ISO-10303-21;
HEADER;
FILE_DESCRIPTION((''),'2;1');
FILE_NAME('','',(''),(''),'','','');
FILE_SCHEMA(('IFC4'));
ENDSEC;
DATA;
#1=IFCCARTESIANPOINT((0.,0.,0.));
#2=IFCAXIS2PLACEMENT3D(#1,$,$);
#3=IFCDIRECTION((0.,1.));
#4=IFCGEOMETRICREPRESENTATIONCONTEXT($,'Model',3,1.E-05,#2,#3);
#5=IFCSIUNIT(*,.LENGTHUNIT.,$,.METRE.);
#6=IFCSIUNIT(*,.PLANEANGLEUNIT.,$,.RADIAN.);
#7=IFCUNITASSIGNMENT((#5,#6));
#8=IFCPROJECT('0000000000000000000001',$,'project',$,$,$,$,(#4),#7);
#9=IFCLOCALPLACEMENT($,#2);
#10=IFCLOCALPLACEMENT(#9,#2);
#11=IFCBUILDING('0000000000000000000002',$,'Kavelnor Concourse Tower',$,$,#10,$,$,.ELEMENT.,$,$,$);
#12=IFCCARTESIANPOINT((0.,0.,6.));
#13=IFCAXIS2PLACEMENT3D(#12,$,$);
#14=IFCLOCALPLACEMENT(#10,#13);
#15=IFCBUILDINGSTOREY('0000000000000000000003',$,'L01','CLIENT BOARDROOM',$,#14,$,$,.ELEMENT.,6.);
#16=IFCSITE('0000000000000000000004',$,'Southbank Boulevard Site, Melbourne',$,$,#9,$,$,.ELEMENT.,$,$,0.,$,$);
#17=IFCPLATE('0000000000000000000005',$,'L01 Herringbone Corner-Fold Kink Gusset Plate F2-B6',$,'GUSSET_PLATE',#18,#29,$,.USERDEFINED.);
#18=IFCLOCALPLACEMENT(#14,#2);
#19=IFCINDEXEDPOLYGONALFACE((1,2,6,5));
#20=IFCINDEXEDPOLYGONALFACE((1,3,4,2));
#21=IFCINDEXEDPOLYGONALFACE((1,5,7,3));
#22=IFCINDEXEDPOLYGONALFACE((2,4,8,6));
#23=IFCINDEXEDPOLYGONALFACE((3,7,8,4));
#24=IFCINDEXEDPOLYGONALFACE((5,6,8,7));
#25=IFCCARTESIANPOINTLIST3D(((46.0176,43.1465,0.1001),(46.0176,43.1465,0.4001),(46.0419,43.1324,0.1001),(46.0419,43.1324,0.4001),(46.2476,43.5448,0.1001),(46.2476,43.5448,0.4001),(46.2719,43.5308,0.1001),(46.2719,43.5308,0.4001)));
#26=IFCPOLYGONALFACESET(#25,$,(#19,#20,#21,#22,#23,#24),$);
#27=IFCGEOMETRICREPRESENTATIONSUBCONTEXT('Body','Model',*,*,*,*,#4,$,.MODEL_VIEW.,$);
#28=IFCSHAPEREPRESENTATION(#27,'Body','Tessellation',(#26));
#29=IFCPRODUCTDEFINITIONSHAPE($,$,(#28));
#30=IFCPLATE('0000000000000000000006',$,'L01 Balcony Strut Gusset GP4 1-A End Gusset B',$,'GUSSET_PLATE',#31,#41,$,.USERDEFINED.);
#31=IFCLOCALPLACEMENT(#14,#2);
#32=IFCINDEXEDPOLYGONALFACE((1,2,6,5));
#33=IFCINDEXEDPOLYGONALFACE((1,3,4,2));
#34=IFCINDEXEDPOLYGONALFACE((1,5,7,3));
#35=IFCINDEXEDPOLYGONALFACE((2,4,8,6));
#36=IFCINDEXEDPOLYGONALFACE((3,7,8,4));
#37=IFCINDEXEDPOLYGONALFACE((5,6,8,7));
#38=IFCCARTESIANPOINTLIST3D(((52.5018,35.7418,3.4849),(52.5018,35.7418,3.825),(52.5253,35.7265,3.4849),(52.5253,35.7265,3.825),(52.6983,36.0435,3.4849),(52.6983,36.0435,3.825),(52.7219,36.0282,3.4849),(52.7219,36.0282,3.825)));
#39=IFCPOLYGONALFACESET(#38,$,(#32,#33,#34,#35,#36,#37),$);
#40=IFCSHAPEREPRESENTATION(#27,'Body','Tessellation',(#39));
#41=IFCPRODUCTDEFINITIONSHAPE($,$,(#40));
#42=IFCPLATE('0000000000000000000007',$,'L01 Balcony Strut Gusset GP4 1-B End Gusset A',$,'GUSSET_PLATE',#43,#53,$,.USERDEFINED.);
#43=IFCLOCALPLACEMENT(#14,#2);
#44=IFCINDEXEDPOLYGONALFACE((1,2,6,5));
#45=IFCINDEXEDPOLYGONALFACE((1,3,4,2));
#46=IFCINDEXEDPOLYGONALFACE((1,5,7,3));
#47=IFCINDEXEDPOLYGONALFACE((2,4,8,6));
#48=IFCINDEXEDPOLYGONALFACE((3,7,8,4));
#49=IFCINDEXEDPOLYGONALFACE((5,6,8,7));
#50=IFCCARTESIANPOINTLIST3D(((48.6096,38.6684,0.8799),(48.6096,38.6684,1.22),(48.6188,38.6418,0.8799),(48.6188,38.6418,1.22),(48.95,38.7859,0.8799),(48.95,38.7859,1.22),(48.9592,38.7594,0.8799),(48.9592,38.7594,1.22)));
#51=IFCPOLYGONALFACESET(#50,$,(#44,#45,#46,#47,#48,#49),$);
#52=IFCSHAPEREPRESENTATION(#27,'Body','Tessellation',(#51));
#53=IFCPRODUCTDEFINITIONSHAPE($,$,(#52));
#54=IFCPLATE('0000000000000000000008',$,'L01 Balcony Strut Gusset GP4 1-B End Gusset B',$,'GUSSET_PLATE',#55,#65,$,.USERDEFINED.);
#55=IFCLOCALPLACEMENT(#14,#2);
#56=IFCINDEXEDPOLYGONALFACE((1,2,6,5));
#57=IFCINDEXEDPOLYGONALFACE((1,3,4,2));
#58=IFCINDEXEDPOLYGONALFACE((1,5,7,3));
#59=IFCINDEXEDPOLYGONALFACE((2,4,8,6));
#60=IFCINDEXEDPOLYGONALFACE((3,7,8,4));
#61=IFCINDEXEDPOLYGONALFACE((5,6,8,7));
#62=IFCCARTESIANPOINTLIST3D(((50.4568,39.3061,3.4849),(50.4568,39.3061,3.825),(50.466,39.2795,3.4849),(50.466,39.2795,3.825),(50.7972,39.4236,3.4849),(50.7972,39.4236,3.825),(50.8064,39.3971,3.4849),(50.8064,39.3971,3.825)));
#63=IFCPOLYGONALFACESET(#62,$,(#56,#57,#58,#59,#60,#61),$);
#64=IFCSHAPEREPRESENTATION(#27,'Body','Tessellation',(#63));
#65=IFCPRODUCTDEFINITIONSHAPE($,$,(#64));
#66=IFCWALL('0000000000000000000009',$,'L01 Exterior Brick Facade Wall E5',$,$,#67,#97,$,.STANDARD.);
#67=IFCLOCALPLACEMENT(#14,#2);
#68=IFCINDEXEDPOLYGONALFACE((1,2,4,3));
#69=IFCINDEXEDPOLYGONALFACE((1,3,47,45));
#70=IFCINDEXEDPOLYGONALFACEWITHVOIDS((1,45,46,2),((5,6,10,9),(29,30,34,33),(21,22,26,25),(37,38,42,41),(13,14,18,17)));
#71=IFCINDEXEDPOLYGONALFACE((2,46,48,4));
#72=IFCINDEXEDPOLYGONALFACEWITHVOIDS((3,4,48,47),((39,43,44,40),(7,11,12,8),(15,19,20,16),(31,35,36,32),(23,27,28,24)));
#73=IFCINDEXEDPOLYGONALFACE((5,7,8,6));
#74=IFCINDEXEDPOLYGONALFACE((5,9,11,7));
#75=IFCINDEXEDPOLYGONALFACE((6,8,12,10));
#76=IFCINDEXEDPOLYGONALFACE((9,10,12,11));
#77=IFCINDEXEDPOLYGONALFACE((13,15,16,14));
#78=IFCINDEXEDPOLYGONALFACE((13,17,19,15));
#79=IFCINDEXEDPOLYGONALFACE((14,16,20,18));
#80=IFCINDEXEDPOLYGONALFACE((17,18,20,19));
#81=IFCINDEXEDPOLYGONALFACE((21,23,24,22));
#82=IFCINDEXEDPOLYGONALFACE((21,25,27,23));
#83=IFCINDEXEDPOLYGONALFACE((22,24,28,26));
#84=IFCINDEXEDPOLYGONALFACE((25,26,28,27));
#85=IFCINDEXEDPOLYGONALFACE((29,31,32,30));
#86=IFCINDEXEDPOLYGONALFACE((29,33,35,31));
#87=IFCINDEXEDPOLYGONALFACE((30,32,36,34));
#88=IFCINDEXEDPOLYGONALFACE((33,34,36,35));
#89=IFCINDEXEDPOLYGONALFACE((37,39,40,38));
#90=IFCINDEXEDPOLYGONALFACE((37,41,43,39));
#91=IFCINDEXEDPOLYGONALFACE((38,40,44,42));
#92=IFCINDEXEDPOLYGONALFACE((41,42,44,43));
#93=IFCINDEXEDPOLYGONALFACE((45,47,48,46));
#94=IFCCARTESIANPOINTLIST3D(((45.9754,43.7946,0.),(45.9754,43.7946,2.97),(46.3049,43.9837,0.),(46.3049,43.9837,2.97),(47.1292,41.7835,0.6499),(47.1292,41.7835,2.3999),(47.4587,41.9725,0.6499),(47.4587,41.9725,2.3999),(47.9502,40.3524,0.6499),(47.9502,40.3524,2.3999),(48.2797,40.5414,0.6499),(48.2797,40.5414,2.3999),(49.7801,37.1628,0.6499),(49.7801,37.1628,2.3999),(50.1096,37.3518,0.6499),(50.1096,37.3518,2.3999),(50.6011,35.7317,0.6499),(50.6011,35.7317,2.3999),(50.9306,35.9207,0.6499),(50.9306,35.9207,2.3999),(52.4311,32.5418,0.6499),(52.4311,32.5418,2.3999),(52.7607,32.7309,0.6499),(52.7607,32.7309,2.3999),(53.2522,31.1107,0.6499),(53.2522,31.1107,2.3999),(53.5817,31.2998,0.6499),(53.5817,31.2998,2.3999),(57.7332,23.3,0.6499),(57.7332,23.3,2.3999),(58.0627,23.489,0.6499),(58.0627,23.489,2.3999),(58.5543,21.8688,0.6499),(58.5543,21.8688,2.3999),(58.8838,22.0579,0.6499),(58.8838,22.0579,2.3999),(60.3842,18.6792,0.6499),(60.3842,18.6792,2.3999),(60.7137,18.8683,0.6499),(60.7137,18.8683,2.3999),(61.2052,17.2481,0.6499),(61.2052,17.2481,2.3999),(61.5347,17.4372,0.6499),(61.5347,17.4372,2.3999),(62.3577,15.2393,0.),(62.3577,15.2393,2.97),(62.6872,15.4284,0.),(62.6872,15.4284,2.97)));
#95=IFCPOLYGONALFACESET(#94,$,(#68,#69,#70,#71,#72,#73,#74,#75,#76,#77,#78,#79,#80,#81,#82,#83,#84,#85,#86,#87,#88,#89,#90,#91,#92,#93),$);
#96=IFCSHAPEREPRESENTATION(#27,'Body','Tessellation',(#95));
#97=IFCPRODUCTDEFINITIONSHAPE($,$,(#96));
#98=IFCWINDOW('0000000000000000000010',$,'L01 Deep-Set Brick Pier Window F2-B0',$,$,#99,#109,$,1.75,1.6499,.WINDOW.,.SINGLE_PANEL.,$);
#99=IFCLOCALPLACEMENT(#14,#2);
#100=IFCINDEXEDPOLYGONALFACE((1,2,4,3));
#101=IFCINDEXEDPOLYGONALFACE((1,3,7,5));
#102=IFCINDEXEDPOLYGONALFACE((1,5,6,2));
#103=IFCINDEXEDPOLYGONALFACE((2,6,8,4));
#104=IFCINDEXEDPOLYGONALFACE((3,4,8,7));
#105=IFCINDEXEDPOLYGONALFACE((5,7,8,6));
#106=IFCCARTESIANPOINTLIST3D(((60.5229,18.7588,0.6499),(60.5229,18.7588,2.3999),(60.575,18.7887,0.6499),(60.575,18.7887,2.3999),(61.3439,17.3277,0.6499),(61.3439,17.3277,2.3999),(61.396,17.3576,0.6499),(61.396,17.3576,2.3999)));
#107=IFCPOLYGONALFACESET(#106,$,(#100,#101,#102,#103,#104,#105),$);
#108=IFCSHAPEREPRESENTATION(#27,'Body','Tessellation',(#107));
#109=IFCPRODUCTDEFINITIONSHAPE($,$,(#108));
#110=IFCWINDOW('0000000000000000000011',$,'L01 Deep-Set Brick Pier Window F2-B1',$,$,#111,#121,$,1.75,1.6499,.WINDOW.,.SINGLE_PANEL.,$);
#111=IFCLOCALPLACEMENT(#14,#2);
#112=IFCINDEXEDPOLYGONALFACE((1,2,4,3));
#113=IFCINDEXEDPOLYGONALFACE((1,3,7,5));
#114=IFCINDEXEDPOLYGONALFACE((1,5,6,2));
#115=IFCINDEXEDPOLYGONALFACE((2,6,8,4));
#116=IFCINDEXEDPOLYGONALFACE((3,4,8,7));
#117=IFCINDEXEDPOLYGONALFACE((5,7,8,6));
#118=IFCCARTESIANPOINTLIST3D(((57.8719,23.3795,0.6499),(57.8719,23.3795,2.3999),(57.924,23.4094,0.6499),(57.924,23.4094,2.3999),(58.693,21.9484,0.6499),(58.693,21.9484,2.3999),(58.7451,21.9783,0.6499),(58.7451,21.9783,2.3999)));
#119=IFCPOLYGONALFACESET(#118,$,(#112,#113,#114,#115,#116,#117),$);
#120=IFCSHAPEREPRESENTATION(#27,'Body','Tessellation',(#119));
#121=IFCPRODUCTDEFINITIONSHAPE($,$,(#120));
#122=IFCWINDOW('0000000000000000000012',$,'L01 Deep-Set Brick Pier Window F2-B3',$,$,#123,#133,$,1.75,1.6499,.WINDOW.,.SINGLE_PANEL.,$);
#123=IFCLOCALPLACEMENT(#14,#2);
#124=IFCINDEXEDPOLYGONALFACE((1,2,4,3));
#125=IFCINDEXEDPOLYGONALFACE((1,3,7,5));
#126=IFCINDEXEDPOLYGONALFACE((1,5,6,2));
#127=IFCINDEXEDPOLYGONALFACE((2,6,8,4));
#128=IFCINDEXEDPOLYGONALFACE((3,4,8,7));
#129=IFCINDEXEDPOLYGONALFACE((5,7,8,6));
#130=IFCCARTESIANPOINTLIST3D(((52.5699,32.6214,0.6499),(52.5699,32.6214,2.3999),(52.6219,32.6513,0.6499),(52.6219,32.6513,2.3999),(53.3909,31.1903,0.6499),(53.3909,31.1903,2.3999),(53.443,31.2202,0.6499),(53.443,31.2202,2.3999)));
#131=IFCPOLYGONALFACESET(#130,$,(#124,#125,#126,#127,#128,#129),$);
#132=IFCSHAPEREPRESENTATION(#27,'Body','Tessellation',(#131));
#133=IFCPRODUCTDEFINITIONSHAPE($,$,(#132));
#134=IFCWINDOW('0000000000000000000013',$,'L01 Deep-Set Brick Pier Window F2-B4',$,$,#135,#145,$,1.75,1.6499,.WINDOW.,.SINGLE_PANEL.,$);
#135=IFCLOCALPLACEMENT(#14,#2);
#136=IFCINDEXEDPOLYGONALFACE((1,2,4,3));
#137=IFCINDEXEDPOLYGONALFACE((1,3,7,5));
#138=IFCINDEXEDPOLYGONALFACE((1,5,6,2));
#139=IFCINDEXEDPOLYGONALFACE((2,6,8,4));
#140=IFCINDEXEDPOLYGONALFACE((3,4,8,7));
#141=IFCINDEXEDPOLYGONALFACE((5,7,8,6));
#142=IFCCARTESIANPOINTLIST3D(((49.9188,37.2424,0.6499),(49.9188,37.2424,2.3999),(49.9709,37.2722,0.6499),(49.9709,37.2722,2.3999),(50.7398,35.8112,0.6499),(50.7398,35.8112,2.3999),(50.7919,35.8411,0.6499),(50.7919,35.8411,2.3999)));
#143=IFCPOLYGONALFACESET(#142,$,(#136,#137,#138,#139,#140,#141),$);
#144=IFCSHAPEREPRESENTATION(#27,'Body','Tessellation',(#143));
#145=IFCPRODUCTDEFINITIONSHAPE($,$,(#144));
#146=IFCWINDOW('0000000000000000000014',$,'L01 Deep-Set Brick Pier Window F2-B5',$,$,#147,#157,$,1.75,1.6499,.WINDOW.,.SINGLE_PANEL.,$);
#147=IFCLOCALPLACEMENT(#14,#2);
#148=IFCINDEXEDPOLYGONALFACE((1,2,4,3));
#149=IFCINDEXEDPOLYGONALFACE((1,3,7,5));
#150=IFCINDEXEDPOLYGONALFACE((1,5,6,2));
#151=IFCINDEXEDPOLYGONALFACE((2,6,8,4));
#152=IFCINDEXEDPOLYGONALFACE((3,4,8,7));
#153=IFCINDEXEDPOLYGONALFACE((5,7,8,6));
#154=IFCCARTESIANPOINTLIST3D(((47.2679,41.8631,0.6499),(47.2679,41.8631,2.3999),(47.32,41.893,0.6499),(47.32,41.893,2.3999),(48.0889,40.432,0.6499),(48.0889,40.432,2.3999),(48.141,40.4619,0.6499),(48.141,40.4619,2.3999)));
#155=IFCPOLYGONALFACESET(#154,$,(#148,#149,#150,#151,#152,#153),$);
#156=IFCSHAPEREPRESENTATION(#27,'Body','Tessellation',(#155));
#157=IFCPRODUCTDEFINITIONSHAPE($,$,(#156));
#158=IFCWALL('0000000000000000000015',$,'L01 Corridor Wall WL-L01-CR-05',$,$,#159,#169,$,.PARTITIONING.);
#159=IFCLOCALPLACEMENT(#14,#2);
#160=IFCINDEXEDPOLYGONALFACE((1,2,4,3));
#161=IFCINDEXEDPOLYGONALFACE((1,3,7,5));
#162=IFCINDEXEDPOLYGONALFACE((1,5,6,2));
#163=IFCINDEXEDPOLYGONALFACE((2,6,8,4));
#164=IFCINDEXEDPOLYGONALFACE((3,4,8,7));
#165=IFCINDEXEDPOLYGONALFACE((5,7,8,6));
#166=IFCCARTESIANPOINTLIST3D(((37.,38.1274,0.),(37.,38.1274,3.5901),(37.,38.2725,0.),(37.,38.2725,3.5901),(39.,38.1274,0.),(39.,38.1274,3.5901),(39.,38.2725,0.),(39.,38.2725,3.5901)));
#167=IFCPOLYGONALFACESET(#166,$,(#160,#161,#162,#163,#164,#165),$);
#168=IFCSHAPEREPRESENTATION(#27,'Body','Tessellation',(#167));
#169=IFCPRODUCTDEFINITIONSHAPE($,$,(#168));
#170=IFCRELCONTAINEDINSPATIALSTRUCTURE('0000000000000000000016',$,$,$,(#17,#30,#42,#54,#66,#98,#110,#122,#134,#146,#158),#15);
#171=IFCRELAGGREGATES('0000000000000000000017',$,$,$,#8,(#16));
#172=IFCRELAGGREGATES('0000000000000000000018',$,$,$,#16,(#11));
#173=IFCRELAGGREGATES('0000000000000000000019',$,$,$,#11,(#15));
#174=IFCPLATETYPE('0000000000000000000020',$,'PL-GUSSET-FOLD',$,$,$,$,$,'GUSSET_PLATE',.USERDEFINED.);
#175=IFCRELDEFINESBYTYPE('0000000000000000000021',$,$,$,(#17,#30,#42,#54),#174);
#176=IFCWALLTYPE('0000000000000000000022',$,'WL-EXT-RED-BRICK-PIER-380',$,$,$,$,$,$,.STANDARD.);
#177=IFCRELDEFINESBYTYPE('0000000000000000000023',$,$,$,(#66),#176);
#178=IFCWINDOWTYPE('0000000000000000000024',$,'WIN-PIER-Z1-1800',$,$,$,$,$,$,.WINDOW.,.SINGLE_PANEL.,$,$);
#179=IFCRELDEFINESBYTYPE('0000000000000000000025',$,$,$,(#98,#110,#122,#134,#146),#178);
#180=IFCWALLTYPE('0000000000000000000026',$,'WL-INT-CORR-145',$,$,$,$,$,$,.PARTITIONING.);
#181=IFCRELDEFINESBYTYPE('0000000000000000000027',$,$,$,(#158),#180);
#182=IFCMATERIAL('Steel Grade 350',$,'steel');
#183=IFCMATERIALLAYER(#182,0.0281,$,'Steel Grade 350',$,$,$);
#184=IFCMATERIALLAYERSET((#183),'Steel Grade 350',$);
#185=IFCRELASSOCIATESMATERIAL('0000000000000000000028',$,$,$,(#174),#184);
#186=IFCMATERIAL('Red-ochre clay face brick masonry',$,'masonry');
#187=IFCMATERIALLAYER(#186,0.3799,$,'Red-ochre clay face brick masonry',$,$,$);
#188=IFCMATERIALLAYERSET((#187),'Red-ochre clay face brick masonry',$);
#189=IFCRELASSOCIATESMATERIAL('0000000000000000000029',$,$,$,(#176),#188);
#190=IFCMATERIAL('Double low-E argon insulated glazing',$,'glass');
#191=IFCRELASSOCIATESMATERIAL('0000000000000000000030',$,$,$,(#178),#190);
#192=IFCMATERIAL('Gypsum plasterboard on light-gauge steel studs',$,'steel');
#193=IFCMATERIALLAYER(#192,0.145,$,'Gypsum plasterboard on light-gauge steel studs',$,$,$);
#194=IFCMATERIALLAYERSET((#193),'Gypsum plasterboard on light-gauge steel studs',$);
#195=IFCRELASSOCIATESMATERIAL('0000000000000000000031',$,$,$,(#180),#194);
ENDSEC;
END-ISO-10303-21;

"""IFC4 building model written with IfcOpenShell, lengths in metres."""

from ifc_helpers import new_model, si_unit, direction, frame, frame_2d, origin, origin_2d, place, context, subcontext, project, spatial, rectangle, extrude, material, layer, layer_set, type_object, element, fill, save


model = new_model("IFC4")

# Units and contexts
model_context = context("Model", 3, precision=1e-05, world=origin(), true_north=direction((0.0, 1.0)))
body_context = subcontext(model_context, "Body", "Model", "MODEL_VIEW")
ifc_project = project(units=[si_unit("LENGTHUNIT", "METRE"), si_unit("PLANEANGLEUNIT", "RADIAN")], contexts=[model_context])

# Site, building, storey
site_placement = place(None, origin())
site = spatial("IfcSite", under=ifc_project, at=site_placement, Name="Southbank Boulevard Site, Melbourne", CompositionType="ELEMENT", RefElevation=0.0)
building_placement = place(site_placement, origin())
building = spatial("IfcBuilding", under=site, at=building_placement, Name="Kavelnor Concourse Tower", CompositionType="ELEMENT")
storey_placement = place(building_placement, frame((0.0, 0.0, 6.0)))
storey = spatial("IfcBuildingStorey", under=building, at=storey_placement, Name="L01", Description="CLIENT BOARDROOM", CompositionType="ELEMENT", Elevation=6.0)

# Shared definitions
ifc_material_1 = material(Name="Steel Grade 350", Category="steel")

# Plates
ifc_layer_1 = layer(ifc_material_1, 0.0281, Name="Steel Grade 350")
ifc_layer_set_1 = layer_set([ifc_layer_1], Name="Steel Grade 350")
plate_type = type_object("IfcPlateType", Name="PL-GUSSET-FOLD", ElementType="GUSSET_PLATE", PredefinedType="USERDEFINED", material=ifc_layer_set_1)
plate_placement = place(storey_placement, frame((46.1448, 43.3386, 0.1001), z_axis=(0.0, 0.0, 1.0), x_axis=(-0.5, -0.866025, 0.0)))
element("IfcPlate", 1, at=plate_placement, inside=storey, type_object=plate_type, Name="L01 Herringbone Corner-Fold Kink Gusset Plate F2-B6", ObjectType="GUSSET_PLATE", PredefinedType="USERDEFINED", context=body_context, shape_type="SweptSolid", body=[
    extrude(rectangle(XDim=0.46, YDim=0.0281, at=origin_2d()), origin(), (0.0, 0.0, 1.0), 0.3),
])
for number, where, z_axis, x_axis, name in (
    (2, (52.6118, 35.885, 3.4849), (0.0, 0.0, 1.0), (0.54581, 0.837909, 0.0), "L01 Balcony Strut Gusset GP4 1-A End Gusset B"),
    (3, (48.7844, 38.7139, 0.8799), (0.0, 0.0, 1.0), (0.945234, 0.326393, 0.0), "L01 Balcony Strut Gusset GP4 1-B End Gusset A"),
    (4, (50.6316, 39.3516, 3.4849), (0.0, 0.0, 1.0), (0.945234, 0.326393, 0.0), "L01 Balcony Strut Gusset GP4 1-B End Gusset B"),
):
    element("IfcPlate", number, at=place(storey_placement, frame(where, z_axis=z_axis, x_axis=x_axis)), inside=storey, type_object=plate_type, Name=name, ObjectType="GUSSET_PLATE", PredefinedType="USERDEFINED", context=body_context, shape_type="SweptSolid", body=[
        extrude(rectangle(XDim=0.3601, YDim=0.0281, at=origin_2d()), origin(), (0.0, 0.0, 1.0), 0.3401),
    ])

# Wall, openings, windows
ifc_material_2 = material(Name="Red-ochre clay face brick masonry", Category="masonry")
ifc_layer_2 = layer(ifc_material_2, 0.3799, Name="Red-ochre clay face brick masonry")
ifc_layer_set_2 = layer_set([ifc_layer_2], Name="Red-ochre clay face brick masonry")
wall_type_1 = type_object("IfcWallType", Name="WL-EXT-RED-BRICK-PIER-380", PredefinedType="STANDARD", material=ifc_layer_set_2)
wall_1_placement = place(storey_placement, frame((46.1401, 43.8892, 0.0), z_axis=(0.0, 0.0, 1.0), x_axis=(0.497625, -0.867392, 0.0)))
wall_1 = element("IfcWall", 5, at=wall_1_placement, inside=storey, type_object=wall_type_1, Name="L01 Exterior Brick Facade Wall E5", PredefinedType="STANDARD", context=body_context, shape_type="SweptSolid", body=[
    extrude(rectangle(XDim=32.9209, YDim=0.3799, at=frame_2d((16.4604, 0.0))), origin(), (0.0, 0.0, 1.0), 2.97),
])
opening_1_placement = place(wall_1_placement, frame((28.9551, 0.0, 0.6499)))
opening_1 = element("IfcOpeningElement", 6, at=opening_1_placement, cuts=wall_1, PredefinedType="OPENING", context=body_context, shape_type="SweptSolid", body=[
    extrude(rectangle(XDim=1.6499, YDim=1.75, at=frame_2d((0.825, 0.875))), frame((0.0, 0.2, 0.0), z_axis=(0.0, -1.0, 0.0), x_axis=(1.0, 0.0, 0.0)), (0.0, 0.0, 1.0), 0.3999),
])
opening_2_placement = place(wall_1_placement, frame((23.6279, 0.0, 0.6499)))
opening_2 = element("IfcOpeningElement", 7, at=opening_2_placement, cuts=wall_1, PredefinedType="OPENING", context=body_context, shape_type="SweptSolid", body=[
    extrude(rectangle(XDim=1.6499, YDim=1.75, at=frame_2d((0.825, 0.875))), frame((0.0, 0.2, 0.0), z_axis=(0.0, -1.0, 0.0), x_axis=(1.0, 0.0, 0.0)), (0.0, 0.0, 1.0), 0.3999),
])
opening_3_placement = place(wall_1_placement, frame((12.9731, 0.0, 0.6499)))
opening_3 = element("IfcOpeningElement", 8, at=opening_3_placement, cuts=wall_1, PredefinedType="OPENING", context=body_context, shape_type="SweptSolid", body=[
    extrude(rectangle(XDim=1.6499, YDim=1.75, at=frame_2d((0.825, 0.875))), frame((0.0, 0.2, 0.0), z_axis=(0.0, -1.0, 0.0), x_axis=(1.0, 0.0, 0.0)), (0.0, 0.0, 1.0), 0.3999),
])
opening_4_placement = place(wall_1_placement, frame((7.6458, 0.0, 0.6499)))
opening_4 = element("IfcOpeningElement", 9, at=opening_4_placement, cuts=wall_1, PredefinedType="OPENING", context=body_context, shape_type="SweptSolid", body=[
    extrude(rectangle(XDim=1.6499, YDim=1.75, at=frame_2d((0.825, 0.875))), frame((0.0, 0.2, 0.0), z_axis=(0.0, -1.0, 0.0), x_axis=(1.0, 0.0, 0.0)), (0.0, 0.0, 1.0), 0.3999),
])
opening_5_placement = place(wall_1_placement, frame((2.3186, 0.0, 0.6499)))
opening_5 = element("IfcOpeningElement", 10, at=opening_5_placement, cuts=wall_1, PredefinedType="OPENING", context=body_context, shape_type="SweptSolid", body=[
    extrude(rectangle(XDim=1.6499, YDim=1.75, at=frame_2d((0.825, 0.875))), frame((0.0, 0.2, 0.0), z_axis=(0.0, -1.0, 0.0), x_axis=(1.0, 0.0, 0.0)), (0.0, 0.0, 1.0), 0.3999),
])
ifc_material_3 = material(Name="Double low-E argon insulated glazing", Category="glass")
window_type = type_object("IfcWindowType", Name="WIN-PIER-Z1-1800", PartitioningType="SINGLE_PANEL", PredefinedType="WINDOW", material=ifc_material_3)
window_1_placement = place(opening_1_placement, origin())
window_1 = element("IfcWindow", 11, at=window_1_placement, inside=storey, type_object=window_type, Name="L01 Deep-Set Brick Pier Window F2-B0", OverallHeight=1.75, OverallWidth=1.6499, PartitioningType="SINGLE_PANEL", PredefinedType="WINDOW", context=body_context, shape_type="SweptSolid", body=[
    extrude(rectangle(XDim=1.6499, YDim=1.75, at=frame_2d((0.825, 0.875))), frame((0.0, 0.03, 0.0), z_axis=(0.0, -1.0, 0.0), x_axis=(1.0, 0.0, 0.0)), (0.0, 0.0, 1.0), 0.0601),
])
fill(opening_1, window_1)
window_2_placement = place(opening_2_placement, origin())
window_2 = element("IfcWindow", 12, at=window_2_placement, inside=storey, type_object=window_type, Name="L01 Deep-Set Brick Pier Window F2-B1", OverallHeight=1.75, OverallWidth=1.6499, PartitioningType="SINGLE_PANEL", PredefinedType="WINDOW", context=body_context, shape_type="SweptSolid", body=[
    extrude(rectangle(XDim=1.6499, YDim=1.75, at=frame_2d((0.825, 0.875))), frame((0.0, 0.03, 0.0), z_axis=(0.0, -1.0, 0.0), x_axis=(1.0, 0.0, 0.0)), (0.0, 0.0, 1.0), 0.0601),
])
fill(opening_2, window_2)
window_3_placement = place(opening_3_placement, origin())
window_3 = element("IfcWindow", 13, at=window_3_placement, inside=storey, type_object=window_type, Name="L01 Deep-Set Brick Pier Window F2-B3", OverallHeight=1.75, OverallWidth=1.6499, PartitioningType="SINGLE_PANEL", PredefinedType="WINDOW", context=body_context, shape_type="SweptSolid", body=[
    extrude(rectangle(XDim=1.6499, YDim=1.75, at=frame_2d((0.825, 0.875))), frame((0.0, 0.03, 0.0), z_axis=(0.0, -1.0, 0.0), x_axis=(1.0, 0.0, 0.0)), (0.0, 0.0, 1.0), 0.0601),
])
fill(opening_3, window_3)
window_4_placement = place(opening_4_placement, origin())
window_4 = element("IfcWindow", 14, at=window_4_placement, inside=storey, type_object=window_type, Name="L01 Deep-Set Brick Pier Window F2-B4", OverallHeight=1.75, OverallWidth=1.6499, PartitioningType="SINGLE_PANEL", PredefinedType="WINDOW", context=body_context, shape_type="SweptSolid", body=[
    extrude(rectangle(XDim=1.6499, YDim=1.75, at=frame_2d((0.825, 0.875))), frame((0.0, 0.03, 0.0), z_axis=(0.0, -1.0, 0.0), x_axis=(1.0, 0.0, 0.0)), (0.0, 0.0, 1.0), 0.0601),
])
fill(opening_4, window_4)
window_5_placement = place(opening_5_placement, origin())
window_5 = element("IfcWindow", 15, at=window_5_placement, inside=storey, type_object=window_type, Name="L01 Deep-Set Brick Pier Window F2-B5", OverallHeight=1.75, OverallWidth=1.6499, PartitioningType="SINGLE_PANEL", PredefinedType="WINDOW", context=body_context, shape_type="SweptSolid", body=[
    extrude(rectangle(XDim=1.6499, YDim=1.75, at=frame_2d((0.825, 0.875))), frame((0.0, 0.03, 0.0), z_axis=(0.0, -1.0, 0.0), x_axis=(1.0, 0.0, 0.0)), (0.0, 0.0, 1.0), 0.0601),
])
fill(opening_5, window_5)

# Wall
ifc_material_4 = material(Name="Gypsum plasterboard on light-gauge steel studs", Category="steel")
ifc_layer_3 = layer(ifc_material_4, 0.145, Name="Gypsum plasterboard on light-gauge steel studs")
ifc_layer_set_3 = layer_set([ifc_layer_3], Name="Gypsum plasterboard on light-gauge steel studs")
wall_type_2 = type_object("IfcWallType", Name="WL-INT-CORR-145", PredefinedType="PARTITIONING", material=ifc_layer_set_3)
wall_2_placement = place(storey_placement, frame((37.0, 38.2, 0.0), z_axis=(0.0, 0.0, 1.0), x_axis=(1.0, 0.0, 0.0)))
element("IfcWall", 16, at=wall_2_placement, inside=storey, type_object=wall_type_2, Name="L01 Corridor Wall WL-L01-CR-05", PredefinedType="PARTITIONING", context=body_context, shape_type="SweptSolid", body=[
    extrude(rectangle(XDim=2.0, YDim=0.145, at=frame_2d((1.0, 0.0))), origin(), (0.0, 0.0, 1.0), 3.5901),
])

save(model, "model.ifc")
